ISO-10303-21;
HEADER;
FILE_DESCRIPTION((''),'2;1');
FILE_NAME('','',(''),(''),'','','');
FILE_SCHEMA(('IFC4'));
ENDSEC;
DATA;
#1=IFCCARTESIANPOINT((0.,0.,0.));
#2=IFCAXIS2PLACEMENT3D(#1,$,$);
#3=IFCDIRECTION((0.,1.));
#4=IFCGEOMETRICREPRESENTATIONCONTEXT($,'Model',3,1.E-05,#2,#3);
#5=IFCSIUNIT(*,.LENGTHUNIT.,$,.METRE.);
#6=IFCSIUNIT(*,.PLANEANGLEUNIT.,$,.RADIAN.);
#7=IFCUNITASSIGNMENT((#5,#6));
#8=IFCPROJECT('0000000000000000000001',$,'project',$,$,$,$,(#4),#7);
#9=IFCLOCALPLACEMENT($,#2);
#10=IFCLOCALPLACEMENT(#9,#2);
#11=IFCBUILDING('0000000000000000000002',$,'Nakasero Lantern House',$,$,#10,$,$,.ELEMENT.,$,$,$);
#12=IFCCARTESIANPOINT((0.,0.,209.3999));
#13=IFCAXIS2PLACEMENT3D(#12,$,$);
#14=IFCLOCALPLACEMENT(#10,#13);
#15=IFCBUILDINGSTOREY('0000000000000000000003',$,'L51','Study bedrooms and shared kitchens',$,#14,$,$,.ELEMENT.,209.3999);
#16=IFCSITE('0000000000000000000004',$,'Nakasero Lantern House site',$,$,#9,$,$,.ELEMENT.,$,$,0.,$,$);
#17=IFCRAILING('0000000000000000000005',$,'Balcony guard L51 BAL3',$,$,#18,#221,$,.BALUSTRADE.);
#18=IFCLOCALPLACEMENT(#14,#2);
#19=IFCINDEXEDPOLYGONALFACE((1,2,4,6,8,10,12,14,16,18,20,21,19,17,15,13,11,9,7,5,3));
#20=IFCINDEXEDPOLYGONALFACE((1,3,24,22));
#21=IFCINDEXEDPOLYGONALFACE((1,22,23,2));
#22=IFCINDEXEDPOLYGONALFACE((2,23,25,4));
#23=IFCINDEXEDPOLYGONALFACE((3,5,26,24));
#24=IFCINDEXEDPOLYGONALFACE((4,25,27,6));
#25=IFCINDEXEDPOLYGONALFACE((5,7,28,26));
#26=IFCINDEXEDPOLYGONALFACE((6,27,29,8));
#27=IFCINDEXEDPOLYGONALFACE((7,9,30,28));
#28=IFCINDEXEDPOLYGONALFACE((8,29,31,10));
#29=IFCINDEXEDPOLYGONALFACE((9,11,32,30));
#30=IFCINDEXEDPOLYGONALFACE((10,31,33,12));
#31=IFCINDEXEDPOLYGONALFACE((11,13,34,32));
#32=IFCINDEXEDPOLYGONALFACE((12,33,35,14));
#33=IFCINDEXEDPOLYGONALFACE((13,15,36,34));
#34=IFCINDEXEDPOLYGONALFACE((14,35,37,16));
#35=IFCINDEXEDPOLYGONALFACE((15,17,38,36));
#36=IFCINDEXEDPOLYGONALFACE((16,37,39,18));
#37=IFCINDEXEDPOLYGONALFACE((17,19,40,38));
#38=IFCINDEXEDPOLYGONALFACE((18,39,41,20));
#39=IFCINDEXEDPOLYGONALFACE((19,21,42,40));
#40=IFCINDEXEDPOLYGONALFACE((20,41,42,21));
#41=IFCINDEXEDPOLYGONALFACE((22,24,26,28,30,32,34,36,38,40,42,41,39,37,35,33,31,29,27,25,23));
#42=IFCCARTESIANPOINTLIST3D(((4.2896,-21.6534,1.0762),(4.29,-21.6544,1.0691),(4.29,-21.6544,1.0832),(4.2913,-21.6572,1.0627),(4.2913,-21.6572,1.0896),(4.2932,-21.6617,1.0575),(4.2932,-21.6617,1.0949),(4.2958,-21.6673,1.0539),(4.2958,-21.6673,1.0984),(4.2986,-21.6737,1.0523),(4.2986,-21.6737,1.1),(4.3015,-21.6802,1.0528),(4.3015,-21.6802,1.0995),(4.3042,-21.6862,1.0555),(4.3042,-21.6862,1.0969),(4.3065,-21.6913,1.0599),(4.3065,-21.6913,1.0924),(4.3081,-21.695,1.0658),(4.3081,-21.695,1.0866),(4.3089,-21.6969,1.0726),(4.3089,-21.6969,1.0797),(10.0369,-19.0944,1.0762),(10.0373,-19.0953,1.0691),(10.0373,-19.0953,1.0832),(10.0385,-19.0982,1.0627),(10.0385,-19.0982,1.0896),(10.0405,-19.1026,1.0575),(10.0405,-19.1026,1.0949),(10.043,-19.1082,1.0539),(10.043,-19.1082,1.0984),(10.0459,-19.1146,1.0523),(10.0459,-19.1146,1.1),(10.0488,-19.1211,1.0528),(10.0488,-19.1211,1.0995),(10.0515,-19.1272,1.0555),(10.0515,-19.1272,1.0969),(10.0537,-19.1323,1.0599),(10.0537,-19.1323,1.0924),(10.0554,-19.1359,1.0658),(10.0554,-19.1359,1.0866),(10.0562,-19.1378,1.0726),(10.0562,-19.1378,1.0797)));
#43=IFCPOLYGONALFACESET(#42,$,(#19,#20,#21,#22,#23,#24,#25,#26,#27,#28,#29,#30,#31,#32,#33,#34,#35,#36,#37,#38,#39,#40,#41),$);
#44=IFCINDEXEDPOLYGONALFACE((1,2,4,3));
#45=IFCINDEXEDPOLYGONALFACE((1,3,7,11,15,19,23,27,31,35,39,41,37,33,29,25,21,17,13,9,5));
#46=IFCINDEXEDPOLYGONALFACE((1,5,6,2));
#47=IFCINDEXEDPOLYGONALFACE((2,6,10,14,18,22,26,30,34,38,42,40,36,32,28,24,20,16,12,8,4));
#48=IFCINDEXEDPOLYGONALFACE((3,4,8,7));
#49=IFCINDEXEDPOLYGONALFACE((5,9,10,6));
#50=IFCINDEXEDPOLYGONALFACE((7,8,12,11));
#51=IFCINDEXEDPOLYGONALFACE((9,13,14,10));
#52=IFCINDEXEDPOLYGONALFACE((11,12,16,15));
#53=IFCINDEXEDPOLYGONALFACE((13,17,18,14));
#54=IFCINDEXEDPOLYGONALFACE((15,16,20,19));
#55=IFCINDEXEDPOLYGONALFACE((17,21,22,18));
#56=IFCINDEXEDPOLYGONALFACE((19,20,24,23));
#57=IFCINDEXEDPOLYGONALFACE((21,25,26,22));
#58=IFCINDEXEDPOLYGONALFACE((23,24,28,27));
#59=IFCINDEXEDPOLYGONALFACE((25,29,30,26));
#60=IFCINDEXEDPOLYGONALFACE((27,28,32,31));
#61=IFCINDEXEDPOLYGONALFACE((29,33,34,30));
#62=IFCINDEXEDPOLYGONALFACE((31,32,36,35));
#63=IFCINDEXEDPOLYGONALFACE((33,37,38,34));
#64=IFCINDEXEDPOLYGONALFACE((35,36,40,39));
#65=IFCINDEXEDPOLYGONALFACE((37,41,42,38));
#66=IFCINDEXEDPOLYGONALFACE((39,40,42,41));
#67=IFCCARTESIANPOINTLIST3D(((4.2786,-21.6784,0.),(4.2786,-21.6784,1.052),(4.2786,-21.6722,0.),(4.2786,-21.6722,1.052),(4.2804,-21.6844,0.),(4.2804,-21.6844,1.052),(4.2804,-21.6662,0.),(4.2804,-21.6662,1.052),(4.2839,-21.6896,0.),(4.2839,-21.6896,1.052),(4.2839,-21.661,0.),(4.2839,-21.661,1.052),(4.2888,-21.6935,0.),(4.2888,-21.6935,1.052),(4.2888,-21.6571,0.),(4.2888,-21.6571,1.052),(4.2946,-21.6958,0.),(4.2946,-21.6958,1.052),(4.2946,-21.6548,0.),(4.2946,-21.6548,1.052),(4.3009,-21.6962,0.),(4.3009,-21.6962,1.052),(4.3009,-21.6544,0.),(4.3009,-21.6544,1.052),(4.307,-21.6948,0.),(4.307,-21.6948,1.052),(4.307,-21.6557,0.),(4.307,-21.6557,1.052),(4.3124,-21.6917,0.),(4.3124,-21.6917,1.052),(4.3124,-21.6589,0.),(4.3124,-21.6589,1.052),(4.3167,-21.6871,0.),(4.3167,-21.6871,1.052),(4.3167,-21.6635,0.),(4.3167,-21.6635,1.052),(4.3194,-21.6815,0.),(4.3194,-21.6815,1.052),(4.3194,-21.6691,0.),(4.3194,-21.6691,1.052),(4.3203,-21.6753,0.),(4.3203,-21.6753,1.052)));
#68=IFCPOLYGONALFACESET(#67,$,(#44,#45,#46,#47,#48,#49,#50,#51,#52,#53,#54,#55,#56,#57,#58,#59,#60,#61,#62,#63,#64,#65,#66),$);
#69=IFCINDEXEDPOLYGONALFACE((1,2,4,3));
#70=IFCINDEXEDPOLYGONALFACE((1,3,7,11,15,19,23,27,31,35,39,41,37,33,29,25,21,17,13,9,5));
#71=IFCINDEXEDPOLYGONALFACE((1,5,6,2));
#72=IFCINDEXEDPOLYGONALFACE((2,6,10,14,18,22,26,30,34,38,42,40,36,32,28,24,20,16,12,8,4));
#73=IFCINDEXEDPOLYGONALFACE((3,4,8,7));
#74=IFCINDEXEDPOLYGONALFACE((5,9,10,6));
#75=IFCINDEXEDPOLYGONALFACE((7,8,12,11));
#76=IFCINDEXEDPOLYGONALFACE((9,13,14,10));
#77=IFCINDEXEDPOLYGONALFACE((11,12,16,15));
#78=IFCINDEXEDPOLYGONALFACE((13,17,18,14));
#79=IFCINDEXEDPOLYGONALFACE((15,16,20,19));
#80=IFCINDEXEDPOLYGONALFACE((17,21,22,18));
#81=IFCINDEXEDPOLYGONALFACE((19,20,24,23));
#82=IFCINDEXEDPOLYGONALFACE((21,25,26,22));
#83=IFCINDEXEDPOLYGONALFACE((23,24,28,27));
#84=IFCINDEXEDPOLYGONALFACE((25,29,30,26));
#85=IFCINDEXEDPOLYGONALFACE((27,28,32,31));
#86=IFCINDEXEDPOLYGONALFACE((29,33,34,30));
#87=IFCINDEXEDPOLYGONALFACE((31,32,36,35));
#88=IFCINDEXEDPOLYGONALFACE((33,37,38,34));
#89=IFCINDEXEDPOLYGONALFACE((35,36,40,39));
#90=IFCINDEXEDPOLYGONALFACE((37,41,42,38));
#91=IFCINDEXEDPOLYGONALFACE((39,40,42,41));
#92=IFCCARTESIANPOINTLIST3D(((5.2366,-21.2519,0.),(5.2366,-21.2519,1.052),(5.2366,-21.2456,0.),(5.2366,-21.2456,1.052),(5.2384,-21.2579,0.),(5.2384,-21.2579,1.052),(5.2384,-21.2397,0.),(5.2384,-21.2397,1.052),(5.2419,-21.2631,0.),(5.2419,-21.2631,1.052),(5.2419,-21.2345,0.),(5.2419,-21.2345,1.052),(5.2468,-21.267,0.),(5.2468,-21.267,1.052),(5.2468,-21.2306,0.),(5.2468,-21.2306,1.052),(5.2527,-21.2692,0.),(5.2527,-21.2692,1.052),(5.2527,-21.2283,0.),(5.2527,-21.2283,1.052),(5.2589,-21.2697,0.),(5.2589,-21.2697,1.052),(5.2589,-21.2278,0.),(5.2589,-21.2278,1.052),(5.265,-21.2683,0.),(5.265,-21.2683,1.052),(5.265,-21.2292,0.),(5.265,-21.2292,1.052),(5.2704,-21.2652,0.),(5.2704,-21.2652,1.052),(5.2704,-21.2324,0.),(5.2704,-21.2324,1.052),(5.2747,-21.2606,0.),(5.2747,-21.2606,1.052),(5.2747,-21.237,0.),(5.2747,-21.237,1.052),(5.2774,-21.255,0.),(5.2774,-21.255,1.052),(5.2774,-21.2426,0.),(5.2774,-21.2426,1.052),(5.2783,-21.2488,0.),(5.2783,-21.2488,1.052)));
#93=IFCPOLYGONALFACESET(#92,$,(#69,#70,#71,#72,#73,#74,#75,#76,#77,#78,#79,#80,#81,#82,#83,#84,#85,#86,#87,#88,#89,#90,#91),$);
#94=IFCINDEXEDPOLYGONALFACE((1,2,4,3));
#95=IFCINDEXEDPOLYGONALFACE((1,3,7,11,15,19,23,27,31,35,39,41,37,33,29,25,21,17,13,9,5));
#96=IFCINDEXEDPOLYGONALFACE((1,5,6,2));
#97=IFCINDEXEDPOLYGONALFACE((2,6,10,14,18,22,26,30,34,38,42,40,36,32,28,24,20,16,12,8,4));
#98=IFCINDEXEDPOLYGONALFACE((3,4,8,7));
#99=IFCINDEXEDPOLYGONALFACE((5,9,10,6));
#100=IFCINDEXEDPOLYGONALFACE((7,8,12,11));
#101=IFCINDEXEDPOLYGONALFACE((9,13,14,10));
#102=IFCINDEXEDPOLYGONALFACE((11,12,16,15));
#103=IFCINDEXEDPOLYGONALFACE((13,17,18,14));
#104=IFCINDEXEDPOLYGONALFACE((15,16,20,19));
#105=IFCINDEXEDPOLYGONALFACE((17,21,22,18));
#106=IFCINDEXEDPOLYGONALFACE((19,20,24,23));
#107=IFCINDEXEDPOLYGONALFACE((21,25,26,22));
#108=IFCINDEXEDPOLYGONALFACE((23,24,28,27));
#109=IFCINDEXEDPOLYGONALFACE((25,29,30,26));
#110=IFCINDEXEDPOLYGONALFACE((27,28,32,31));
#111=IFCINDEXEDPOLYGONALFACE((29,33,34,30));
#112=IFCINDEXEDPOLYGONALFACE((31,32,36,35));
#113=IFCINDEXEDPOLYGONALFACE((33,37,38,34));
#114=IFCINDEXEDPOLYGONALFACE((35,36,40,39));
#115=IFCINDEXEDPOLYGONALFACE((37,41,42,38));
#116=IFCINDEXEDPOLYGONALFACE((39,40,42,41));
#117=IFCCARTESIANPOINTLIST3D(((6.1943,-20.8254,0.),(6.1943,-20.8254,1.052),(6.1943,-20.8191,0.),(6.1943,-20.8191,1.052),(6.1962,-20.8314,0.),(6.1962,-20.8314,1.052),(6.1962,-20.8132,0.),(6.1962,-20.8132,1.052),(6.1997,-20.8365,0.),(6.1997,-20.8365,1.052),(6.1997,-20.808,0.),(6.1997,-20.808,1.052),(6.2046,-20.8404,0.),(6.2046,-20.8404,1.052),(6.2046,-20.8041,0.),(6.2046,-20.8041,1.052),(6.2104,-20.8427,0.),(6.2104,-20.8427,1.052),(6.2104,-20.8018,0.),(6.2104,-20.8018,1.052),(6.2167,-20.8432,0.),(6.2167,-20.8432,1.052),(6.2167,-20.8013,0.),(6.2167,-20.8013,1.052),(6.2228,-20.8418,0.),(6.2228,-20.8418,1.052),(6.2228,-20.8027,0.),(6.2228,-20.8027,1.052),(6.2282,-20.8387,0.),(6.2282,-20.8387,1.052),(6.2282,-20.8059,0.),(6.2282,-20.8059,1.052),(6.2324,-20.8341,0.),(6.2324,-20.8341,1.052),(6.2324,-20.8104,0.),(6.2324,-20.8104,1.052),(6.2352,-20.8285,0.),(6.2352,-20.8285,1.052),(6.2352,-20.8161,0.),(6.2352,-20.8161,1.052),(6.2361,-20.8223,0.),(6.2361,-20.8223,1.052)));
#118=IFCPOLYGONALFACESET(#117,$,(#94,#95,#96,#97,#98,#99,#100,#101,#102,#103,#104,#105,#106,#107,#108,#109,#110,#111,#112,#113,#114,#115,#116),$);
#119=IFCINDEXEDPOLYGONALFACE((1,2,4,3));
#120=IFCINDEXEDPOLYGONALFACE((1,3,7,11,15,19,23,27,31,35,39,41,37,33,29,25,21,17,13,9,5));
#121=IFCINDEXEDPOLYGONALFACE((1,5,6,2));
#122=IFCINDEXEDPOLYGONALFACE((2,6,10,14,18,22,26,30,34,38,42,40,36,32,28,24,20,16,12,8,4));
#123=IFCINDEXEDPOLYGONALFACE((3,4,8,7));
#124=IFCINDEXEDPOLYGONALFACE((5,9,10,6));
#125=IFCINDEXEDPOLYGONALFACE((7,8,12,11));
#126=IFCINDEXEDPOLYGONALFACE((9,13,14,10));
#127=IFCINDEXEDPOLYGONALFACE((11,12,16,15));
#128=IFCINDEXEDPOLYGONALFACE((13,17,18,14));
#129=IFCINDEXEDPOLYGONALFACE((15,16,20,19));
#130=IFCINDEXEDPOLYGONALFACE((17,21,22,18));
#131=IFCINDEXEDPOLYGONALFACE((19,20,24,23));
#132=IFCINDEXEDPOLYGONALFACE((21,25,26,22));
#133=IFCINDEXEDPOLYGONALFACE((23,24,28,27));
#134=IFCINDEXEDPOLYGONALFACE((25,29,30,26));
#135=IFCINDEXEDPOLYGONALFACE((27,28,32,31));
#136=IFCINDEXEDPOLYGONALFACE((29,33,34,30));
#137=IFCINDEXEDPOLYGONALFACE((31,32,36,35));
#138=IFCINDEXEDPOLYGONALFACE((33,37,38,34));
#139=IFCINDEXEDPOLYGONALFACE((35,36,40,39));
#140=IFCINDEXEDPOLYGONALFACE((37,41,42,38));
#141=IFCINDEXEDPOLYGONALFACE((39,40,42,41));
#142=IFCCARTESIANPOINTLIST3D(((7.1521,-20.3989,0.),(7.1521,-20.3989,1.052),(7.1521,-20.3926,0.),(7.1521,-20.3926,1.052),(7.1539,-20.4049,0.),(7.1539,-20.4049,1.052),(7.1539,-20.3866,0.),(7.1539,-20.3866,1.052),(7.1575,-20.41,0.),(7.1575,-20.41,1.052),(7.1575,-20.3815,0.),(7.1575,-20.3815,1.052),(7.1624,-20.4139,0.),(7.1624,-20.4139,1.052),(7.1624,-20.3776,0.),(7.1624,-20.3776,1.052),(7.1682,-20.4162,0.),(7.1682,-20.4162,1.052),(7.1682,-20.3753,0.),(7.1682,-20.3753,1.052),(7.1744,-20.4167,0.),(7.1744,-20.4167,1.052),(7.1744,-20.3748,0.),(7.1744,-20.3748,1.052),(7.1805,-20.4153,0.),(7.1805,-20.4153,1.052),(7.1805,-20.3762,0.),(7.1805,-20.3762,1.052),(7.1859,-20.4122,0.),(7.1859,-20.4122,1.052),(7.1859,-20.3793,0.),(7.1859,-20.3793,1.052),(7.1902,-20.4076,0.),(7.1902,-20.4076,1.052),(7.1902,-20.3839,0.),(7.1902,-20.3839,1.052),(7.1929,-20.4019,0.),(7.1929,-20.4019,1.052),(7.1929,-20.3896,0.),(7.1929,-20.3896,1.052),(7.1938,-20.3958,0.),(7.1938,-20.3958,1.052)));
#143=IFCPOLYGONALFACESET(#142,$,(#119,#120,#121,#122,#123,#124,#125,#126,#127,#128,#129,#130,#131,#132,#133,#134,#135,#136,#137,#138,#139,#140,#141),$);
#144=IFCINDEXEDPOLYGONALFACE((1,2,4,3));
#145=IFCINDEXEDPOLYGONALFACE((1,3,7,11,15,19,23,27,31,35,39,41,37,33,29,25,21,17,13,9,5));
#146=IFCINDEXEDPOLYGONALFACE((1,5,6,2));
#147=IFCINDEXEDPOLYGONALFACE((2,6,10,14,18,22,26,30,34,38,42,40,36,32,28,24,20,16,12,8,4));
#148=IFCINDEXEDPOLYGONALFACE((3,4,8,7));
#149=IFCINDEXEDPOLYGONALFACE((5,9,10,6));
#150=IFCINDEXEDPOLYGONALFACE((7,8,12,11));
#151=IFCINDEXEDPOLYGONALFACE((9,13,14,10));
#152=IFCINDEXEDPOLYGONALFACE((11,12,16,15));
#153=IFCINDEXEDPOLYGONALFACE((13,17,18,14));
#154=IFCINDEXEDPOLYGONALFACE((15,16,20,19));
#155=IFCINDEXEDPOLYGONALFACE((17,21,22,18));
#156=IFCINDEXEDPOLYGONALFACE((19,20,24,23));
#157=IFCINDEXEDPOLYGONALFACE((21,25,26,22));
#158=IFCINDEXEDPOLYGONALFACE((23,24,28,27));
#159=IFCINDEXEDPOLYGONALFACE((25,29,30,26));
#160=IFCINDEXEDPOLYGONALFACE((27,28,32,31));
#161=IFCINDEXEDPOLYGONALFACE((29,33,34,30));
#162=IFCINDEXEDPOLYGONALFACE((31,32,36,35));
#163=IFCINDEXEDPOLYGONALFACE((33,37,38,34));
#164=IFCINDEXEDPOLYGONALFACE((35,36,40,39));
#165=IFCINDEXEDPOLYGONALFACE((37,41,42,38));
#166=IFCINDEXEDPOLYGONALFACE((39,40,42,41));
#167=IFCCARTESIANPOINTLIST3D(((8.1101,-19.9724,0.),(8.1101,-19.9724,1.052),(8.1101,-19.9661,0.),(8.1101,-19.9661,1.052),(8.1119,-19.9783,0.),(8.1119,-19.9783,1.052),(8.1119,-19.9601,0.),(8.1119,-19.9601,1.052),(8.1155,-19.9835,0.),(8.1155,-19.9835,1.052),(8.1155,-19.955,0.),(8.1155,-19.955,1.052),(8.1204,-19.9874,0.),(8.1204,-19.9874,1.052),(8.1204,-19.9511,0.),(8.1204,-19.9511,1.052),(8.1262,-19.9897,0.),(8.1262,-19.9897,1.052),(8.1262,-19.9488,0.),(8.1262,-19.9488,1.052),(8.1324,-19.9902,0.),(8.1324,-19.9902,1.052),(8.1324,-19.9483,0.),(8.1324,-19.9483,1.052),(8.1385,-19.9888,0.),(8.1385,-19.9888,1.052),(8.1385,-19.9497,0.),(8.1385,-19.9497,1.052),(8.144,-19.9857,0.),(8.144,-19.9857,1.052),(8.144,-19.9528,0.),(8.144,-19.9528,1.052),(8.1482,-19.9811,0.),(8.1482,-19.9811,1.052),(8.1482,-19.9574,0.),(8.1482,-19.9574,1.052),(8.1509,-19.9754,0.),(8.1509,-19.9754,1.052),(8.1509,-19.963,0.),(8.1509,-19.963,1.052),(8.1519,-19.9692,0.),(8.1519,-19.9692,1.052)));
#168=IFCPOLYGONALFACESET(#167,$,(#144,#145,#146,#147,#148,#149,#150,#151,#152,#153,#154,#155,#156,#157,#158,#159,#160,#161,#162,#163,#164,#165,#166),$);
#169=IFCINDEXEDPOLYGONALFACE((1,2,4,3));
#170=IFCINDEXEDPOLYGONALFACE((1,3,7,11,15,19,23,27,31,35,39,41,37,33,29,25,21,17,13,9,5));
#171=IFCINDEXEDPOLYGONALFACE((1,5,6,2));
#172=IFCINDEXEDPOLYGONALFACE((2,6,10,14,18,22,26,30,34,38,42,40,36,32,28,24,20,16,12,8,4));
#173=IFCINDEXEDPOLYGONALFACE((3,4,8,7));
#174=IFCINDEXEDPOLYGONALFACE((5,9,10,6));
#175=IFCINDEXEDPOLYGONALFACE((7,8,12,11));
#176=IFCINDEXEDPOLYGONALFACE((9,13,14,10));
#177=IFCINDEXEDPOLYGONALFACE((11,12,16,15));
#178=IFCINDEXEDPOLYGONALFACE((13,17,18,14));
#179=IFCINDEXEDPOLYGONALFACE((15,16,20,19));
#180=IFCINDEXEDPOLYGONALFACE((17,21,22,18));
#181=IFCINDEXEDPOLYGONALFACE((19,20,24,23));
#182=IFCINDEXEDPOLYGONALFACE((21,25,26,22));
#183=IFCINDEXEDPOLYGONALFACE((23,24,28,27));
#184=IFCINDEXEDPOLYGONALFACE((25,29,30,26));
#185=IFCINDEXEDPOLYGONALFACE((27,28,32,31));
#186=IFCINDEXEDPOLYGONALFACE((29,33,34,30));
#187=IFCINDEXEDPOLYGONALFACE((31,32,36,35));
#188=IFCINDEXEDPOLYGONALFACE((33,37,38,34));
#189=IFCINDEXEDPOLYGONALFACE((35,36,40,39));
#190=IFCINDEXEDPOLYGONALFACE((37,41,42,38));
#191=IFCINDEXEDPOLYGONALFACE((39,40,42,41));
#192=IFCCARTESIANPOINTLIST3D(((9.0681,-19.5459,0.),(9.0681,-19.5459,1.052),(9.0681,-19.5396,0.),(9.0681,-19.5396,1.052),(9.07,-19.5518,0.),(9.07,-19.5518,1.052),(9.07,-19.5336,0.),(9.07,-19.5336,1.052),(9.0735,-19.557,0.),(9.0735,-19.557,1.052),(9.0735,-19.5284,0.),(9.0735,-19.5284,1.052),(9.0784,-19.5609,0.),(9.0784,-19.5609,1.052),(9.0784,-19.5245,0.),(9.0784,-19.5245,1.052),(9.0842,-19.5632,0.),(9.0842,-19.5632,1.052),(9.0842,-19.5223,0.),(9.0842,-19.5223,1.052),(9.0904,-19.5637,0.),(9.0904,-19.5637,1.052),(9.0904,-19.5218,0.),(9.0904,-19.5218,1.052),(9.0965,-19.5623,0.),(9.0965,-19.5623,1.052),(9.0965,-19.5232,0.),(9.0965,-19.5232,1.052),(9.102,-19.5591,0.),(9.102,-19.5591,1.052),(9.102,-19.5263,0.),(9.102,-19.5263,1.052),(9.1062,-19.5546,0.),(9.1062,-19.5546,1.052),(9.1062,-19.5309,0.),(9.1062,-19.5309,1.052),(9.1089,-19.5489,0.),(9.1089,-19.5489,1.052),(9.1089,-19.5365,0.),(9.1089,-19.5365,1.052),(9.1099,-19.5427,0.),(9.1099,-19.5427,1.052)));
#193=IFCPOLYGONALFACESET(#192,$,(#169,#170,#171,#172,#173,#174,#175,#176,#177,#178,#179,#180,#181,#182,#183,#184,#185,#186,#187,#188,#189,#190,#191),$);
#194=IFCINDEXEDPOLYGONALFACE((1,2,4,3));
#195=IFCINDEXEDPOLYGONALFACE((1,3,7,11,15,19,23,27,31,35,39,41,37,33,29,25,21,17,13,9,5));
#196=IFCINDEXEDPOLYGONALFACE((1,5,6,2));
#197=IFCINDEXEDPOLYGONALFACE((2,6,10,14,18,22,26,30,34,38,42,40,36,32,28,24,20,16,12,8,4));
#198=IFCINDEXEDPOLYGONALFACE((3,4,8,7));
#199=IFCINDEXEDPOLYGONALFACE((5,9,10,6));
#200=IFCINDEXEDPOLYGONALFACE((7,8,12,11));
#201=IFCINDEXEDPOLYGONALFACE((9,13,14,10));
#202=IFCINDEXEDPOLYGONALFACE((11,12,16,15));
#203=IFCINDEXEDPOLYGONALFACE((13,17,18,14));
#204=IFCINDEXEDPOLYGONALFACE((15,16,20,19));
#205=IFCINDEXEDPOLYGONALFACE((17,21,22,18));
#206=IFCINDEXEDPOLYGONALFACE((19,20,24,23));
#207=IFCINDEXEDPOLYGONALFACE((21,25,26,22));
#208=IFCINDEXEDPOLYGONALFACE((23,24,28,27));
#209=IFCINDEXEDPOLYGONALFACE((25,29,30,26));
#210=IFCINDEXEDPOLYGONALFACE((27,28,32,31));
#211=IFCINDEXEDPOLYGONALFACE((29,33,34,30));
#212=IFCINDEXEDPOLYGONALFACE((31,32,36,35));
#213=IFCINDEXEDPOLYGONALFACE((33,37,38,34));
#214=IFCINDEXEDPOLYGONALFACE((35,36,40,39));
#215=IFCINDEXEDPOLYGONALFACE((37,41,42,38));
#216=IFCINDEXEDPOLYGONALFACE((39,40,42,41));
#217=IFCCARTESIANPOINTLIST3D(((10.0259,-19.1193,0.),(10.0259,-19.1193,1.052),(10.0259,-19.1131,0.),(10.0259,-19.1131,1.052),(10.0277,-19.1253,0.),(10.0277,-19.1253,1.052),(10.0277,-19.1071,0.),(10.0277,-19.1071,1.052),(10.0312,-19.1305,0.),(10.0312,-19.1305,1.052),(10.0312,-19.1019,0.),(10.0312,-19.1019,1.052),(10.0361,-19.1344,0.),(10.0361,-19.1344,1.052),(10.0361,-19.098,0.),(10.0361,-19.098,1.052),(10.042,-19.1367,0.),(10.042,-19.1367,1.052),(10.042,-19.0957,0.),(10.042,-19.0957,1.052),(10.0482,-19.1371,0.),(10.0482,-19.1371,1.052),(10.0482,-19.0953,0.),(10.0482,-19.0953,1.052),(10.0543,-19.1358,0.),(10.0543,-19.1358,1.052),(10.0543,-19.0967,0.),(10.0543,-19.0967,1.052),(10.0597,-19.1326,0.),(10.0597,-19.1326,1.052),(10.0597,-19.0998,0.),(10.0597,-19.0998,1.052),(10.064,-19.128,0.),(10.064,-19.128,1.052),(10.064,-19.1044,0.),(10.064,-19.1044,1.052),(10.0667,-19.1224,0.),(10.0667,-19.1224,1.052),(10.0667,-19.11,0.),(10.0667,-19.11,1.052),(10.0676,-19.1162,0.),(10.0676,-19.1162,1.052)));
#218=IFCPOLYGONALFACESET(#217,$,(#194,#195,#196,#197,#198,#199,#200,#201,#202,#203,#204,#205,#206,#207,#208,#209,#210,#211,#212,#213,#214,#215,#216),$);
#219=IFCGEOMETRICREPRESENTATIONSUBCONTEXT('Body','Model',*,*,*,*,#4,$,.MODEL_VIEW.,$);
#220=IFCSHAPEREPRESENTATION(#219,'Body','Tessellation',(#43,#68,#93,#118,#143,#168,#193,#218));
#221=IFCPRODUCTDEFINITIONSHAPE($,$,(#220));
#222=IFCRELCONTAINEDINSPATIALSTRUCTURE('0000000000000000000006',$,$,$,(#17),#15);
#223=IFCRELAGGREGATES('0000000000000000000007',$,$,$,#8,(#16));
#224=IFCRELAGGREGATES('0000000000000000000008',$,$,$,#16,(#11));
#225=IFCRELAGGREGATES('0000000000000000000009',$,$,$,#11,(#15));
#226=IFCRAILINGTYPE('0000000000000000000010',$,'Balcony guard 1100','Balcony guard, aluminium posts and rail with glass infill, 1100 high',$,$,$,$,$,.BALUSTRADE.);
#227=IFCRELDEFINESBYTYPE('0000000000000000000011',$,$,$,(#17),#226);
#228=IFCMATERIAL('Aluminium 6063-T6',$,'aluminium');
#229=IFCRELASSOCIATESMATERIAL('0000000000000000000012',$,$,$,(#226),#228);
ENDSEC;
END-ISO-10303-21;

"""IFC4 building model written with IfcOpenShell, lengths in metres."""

from ifc_helpers import new_model, si_unit, direction, frame, origin, origin_2d, place, context, subcontext, project, spatial, circle, extrude, material, type_object, element, save


model = new_model("IFC4")

# Units and contexts
model_context = context("Model", 3, precision=1e-05, world=origin(), true_north=direction((0.0, 1.0)))
body_context = subcontext(model_context, "Body", "Model", "MODEL_VIEW")
ifc_project = project(units=[si_unit("LENGTHUNIT", "METRE"), si_unit("PLANEANGLEUNIT", "RADIAN")], contexts=[model_context])

# Site, building, storey
site_placement = place(None, origin())
site = spatial("IfcSite", under=ifc_project, at=site_placement, Name="Nakasero Lantern House site", CompositionType="ELEMENT", RefElevation=0.0)
building_placement = place(site_placement, origin())
building = spatial("IfcBuilding", under=site, at=building_placement, Name="Nakasero Lantern House", CompositionType="ELEMENT")
storey_placement = place(building_placement, frame((0.0, 0.0, 209.3999)))
storey = spatial("IfcBuildingStorey", under=building, at=storey_placement, Name="L51", Description="Study bedrooms and shared kitchens", CompositionType="ELEMENT", Elevation=209.3999)

# Railing
ifc_material_1 = material(Name="Aluminium 6063-T6", Category="aluminium")
railing_type = type_object("IfcRailingType", Name="Balcony guard 1100", Description="Balcony guard, aluminium posts and rail with glass infill, 1100 high", PredefinedType="BALUSTRADE", material=ifc_material_1)
railing_placement = place(storey_placement, frame((4.2993, -21.6753, 0.0)))
element("IfcRailing", 1, at=railing_placement, inside=storey, type_object=railing_type, Name="Balcony guard L51 BAL3", PredefinedType="BALUSTRADE", context=body_context, shape_type="SweptSolid", body=[
    extrude(circle(Radius=0.0239, at=origin_2d()), frame((0.0, 0.0, 1.0762), z_axis=(0.913533, 0.406765, 0.0), x_axis=(-0.406765, 0.913533, 0.0)), (0.0, 0.0, 1.0), 6.2913),
    extrude(circle(Radius=0.021, at=origin_2d()), origin(), (0.0, 0.0, 1.0), 1.052),
    extrude(circle(Radius=0.021, at=origin_2d()), frame((0.958, 0.4265, 0.0)), (0.0, 0.0, 1.0), 1.052),
    extrude(circle(Radius=0.021, at=origin_2d()), frame((1.9158, 0.853, 0.0)), (0.0, 0.0, 1.0), 1.052),
    extrude(circle(Radius=0.021, at=origin_2d()), frame((2.8735, 1.2795, 0.0)), (0.0, 0.0, 1.0), 1.052),
    extrude(circle(Radius=0.021, at=origin_2d()), frame((3.8315, 1.7061, 0.0)), (0.0, 0.0, 1.0), 1.052),
    extrude(circle(Radius=0.021, at=origin_2d()), frame((4.7896, 2.1326, 0.0)), (0.0, 0.0, 1.0), 1.052),
    extrude(circle(Radius=0.021, at=origin_2d()), frame((5.7473, 2.5591, 0.0)), (0.0, 0.0, 1.0), 1.052),
])

save(model, "model.ifc")
